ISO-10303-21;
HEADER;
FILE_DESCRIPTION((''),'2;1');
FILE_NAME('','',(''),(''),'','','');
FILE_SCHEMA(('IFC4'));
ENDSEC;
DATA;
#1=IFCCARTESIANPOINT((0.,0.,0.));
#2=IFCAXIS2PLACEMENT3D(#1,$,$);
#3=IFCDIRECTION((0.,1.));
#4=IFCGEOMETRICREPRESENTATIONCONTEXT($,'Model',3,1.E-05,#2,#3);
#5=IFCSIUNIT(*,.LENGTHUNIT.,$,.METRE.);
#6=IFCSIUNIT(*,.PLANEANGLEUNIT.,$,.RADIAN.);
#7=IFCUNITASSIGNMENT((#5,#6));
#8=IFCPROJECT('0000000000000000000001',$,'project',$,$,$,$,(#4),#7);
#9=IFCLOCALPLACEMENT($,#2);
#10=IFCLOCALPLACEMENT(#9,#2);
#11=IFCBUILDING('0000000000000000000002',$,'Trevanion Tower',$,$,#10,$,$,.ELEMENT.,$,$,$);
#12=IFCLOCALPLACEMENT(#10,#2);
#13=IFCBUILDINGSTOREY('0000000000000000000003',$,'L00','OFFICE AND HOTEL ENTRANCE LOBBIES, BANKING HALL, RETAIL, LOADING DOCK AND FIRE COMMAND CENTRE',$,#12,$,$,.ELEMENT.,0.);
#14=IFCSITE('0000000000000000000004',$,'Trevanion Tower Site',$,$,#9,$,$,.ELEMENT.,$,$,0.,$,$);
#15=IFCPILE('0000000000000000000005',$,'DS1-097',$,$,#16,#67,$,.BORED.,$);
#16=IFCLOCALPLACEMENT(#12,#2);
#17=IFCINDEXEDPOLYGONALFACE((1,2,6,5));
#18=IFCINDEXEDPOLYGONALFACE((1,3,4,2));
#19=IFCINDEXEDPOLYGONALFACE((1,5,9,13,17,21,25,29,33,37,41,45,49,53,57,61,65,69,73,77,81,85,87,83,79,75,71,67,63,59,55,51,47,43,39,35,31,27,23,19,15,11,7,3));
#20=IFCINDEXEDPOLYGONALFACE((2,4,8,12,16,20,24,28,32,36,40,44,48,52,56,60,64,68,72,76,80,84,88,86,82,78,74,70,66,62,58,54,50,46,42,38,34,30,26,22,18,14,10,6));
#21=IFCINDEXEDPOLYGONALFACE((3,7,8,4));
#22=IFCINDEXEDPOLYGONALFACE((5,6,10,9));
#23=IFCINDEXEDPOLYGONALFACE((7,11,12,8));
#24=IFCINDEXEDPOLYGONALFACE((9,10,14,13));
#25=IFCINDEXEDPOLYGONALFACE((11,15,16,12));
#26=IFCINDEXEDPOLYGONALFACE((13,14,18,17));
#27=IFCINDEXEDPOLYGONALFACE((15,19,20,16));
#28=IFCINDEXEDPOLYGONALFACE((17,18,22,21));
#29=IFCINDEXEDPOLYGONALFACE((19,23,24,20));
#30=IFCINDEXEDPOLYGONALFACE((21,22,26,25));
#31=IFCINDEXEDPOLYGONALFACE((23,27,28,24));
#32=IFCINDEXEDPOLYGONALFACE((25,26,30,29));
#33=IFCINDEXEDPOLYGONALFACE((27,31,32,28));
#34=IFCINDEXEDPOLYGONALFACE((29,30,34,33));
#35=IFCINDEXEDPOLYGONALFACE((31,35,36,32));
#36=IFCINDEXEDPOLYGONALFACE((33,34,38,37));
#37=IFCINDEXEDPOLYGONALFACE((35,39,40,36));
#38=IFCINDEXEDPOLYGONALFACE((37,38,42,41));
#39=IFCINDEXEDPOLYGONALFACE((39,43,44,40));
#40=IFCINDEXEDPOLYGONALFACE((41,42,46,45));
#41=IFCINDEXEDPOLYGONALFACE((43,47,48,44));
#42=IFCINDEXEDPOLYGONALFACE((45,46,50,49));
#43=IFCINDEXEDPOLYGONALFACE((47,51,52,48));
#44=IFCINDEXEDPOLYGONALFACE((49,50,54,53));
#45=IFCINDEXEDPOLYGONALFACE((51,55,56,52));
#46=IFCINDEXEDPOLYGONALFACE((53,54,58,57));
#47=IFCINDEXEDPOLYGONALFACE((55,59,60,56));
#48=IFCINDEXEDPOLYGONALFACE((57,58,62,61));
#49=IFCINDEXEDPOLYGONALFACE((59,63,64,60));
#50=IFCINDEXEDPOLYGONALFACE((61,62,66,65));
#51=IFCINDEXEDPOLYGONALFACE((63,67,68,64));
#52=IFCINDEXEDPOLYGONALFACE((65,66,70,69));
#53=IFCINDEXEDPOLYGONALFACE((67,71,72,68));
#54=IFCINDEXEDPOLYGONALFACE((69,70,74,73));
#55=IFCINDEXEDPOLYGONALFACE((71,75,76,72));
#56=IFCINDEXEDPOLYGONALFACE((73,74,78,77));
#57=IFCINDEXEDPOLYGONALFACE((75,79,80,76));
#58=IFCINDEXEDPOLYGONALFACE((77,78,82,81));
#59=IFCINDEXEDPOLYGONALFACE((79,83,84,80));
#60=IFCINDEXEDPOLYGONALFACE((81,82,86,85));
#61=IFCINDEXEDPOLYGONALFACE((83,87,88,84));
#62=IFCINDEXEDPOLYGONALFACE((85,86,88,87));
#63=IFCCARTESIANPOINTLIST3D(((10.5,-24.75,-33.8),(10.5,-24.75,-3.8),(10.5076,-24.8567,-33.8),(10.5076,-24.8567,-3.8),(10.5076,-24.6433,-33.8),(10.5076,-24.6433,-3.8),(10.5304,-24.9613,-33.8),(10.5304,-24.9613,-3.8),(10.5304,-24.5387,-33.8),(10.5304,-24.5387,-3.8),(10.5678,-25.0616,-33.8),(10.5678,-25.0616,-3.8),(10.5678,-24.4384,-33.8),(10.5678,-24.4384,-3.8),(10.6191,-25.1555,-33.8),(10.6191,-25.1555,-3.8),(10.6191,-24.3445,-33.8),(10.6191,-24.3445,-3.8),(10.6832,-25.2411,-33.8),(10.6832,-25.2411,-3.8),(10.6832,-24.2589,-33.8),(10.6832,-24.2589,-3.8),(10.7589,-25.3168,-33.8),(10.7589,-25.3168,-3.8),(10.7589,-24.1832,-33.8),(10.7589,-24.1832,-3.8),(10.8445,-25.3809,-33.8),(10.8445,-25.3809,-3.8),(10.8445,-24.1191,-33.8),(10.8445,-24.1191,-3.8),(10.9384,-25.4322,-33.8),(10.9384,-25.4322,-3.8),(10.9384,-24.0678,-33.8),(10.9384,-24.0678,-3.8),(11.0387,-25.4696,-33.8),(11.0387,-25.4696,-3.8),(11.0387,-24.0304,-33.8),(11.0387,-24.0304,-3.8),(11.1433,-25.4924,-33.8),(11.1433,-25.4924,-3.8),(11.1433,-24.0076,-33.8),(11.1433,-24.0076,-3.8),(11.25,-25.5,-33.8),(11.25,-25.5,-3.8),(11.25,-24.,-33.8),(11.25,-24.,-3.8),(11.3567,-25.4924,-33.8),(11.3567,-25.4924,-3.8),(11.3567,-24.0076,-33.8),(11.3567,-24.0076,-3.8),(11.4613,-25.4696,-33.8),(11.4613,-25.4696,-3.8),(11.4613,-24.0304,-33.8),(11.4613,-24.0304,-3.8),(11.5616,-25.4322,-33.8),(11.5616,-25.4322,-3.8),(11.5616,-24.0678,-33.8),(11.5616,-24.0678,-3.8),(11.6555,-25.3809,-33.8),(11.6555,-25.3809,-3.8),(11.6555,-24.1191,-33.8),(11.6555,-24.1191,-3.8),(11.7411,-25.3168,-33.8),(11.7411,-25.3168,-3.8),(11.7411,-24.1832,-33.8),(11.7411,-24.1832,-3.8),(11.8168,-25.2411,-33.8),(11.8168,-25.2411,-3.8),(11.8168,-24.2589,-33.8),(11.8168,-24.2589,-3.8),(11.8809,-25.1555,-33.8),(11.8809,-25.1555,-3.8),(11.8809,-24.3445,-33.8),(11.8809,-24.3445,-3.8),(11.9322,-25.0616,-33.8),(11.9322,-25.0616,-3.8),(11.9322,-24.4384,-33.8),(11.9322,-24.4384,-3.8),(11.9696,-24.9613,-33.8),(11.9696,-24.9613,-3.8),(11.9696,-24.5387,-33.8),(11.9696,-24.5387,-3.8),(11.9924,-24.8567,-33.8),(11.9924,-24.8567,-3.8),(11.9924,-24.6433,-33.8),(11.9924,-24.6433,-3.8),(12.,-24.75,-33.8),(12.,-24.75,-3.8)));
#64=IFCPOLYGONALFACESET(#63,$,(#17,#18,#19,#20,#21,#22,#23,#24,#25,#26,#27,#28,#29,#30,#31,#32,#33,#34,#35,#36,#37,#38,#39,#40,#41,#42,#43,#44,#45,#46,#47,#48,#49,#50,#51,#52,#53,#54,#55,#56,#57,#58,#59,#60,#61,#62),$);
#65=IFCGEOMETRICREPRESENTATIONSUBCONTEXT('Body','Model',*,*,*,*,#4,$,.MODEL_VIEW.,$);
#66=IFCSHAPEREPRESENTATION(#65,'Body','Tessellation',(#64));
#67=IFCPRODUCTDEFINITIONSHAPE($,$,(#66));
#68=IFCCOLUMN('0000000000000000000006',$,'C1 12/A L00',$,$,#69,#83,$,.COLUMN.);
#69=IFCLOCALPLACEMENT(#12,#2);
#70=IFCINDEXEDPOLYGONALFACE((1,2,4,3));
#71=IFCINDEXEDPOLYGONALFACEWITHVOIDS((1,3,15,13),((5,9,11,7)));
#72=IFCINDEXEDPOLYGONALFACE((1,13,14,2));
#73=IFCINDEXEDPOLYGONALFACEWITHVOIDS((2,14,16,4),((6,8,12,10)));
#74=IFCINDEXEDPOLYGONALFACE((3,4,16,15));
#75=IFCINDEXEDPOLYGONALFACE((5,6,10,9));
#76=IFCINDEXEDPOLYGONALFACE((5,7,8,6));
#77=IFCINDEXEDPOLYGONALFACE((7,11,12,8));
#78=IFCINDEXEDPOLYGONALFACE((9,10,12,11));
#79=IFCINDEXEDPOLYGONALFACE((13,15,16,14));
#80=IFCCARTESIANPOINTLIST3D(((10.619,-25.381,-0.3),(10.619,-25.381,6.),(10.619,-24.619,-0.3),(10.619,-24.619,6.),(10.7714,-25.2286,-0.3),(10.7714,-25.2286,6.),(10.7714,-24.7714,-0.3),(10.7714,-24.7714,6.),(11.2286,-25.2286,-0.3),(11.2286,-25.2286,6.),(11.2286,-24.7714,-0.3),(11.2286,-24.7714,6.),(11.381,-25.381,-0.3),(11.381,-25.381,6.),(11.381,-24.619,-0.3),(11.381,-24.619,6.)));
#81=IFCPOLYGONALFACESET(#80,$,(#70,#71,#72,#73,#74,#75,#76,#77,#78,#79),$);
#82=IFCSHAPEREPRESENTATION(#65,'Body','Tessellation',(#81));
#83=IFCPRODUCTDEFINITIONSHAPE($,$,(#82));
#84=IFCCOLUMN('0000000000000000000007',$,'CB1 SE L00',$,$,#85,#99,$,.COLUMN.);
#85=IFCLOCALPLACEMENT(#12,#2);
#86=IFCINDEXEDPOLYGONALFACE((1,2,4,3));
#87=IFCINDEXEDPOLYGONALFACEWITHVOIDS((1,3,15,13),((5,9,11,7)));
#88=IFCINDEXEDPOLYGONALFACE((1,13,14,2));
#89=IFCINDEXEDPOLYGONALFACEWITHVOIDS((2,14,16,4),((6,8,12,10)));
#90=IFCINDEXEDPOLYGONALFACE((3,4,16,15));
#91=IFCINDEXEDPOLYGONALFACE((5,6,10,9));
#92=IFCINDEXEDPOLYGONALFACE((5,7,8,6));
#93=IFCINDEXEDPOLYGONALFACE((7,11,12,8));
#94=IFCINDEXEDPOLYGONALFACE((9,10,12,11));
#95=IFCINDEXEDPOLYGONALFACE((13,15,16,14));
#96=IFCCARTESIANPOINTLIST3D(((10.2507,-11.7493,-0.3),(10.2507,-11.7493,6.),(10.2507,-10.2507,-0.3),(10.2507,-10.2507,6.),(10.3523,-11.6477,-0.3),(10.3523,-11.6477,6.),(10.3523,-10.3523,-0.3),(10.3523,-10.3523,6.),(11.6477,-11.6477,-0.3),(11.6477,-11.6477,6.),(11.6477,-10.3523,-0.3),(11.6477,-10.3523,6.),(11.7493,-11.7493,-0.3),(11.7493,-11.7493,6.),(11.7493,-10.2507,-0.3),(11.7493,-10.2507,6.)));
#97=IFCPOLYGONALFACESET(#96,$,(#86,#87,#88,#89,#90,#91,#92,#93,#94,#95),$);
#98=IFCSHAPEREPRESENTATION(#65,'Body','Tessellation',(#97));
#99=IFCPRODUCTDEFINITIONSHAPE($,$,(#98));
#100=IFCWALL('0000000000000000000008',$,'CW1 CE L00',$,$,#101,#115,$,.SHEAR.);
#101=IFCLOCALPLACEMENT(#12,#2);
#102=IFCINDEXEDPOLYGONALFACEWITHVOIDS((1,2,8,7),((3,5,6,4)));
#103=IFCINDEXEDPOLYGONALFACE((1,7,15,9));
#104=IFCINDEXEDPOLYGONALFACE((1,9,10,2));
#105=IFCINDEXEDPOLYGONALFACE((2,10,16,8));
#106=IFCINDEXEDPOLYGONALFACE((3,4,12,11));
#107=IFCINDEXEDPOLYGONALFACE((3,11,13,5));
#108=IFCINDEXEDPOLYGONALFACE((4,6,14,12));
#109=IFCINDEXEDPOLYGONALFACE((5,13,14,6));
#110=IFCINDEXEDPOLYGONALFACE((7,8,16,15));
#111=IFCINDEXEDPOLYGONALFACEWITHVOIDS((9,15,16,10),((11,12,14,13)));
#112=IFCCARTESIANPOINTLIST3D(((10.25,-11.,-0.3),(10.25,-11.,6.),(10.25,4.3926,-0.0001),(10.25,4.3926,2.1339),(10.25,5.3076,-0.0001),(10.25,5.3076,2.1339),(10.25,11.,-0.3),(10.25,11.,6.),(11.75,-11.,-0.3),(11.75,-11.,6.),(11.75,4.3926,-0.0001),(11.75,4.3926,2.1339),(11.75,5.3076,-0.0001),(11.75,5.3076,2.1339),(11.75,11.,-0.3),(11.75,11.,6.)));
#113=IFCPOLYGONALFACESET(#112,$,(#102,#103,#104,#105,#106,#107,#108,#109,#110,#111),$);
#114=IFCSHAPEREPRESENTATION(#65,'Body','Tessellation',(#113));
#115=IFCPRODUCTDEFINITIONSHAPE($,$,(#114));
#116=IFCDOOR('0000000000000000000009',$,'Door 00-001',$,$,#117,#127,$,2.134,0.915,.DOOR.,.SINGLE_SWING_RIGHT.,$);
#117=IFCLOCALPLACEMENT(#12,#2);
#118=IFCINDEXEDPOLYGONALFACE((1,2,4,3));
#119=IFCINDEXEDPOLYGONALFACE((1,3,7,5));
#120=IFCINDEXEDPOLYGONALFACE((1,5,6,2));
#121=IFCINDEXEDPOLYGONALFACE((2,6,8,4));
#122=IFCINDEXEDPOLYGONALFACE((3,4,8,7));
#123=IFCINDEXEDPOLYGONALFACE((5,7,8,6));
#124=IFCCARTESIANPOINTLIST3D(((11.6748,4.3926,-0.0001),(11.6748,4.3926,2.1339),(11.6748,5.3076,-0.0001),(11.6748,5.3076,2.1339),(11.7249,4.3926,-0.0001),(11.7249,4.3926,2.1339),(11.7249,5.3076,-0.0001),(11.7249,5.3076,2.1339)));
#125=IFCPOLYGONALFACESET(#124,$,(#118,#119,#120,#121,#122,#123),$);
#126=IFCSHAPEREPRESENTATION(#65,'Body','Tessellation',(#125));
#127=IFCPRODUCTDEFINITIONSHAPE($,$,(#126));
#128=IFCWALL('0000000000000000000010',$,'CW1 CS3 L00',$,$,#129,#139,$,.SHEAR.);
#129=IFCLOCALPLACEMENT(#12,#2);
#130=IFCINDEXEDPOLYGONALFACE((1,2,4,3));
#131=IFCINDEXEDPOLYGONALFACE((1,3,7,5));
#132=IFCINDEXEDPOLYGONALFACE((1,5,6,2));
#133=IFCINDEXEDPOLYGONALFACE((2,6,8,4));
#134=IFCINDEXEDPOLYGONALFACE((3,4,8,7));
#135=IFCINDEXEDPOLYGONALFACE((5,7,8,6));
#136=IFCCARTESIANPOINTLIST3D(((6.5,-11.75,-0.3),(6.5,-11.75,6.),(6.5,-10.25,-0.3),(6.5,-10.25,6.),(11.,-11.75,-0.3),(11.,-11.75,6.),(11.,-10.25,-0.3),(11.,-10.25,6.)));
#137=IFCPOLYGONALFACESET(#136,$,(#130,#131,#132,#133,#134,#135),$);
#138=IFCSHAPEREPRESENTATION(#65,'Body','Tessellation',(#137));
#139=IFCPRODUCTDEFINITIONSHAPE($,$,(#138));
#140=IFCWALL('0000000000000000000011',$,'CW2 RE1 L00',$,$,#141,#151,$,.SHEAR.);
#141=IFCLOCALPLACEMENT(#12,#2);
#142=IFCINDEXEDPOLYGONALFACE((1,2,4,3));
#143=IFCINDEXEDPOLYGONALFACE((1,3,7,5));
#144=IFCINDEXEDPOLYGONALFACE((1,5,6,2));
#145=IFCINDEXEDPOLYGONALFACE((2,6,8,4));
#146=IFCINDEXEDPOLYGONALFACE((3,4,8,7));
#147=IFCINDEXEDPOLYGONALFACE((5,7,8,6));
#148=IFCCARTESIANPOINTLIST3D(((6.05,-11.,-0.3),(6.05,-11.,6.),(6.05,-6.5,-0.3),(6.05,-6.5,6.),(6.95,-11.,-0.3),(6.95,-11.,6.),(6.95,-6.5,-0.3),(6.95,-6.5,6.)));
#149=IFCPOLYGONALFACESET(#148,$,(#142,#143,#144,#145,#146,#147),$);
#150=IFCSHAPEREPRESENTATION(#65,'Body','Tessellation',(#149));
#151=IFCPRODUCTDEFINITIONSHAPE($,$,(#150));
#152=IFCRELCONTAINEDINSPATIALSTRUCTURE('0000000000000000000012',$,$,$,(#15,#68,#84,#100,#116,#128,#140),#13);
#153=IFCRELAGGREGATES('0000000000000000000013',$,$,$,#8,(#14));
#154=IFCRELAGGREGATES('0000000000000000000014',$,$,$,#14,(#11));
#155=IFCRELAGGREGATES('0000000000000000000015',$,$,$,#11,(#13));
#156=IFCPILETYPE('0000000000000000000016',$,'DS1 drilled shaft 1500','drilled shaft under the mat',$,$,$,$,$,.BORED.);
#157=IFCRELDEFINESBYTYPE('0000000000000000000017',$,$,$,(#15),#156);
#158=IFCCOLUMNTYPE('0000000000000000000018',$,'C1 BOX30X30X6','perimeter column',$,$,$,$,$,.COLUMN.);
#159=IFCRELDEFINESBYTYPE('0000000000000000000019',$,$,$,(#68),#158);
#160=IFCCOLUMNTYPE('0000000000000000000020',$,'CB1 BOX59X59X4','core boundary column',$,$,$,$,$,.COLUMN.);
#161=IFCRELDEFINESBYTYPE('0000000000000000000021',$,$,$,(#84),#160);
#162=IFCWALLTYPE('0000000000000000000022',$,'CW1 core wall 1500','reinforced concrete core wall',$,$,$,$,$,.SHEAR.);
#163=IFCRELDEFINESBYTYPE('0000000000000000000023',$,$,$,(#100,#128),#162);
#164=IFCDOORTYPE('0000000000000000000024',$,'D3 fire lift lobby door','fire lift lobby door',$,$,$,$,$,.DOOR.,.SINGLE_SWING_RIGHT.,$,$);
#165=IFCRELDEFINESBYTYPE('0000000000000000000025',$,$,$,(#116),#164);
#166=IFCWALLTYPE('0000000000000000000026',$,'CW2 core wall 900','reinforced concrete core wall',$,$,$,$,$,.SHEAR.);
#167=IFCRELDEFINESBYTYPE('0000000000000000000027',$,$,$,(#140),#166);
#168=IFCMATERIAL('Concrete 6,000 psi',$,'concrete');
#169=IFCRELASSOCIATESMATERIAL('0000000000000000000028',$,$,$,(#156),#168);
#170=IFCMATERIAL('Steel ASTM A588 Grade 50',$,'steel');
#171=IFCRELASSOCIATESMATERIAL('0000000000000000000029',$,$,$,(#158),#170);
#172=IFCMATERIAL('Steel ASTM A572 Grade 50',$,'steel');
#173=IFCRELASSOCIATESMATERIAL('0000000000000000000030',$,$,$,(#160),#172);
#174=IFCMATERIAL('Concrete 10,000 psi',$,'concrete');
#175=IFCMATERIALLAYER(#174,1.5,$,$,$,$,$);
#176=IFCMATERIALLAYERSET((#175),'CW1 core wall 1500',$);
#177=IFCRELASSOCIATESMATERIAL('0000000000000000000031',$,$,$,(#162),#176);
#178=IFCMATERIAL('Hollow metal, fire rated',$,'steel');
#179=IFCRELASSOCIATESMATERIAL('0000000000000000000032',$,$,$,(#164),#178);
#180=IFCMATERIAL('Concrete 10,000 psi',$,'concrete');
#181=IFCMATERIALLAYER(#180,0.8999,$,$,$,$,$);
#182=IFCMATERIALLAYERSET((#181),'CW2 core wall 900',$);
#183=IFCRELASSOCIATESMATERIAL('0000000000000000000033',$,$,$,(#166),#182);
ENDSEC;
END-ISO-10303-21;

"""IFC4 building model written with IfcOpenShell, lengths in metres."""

from ifc_helpers import new_model, si_unit, direction, frame, frame_2d, origin, origin_2d, place, context, subcontext, project, spatial, rectangle, hollow_rectangle, circle, extrude, material, layer, layer_set, material_profile, profile_set, type_object, element, fill, save


model = new_model("IFC4")

# Units and contexts
model_context = context("Model", 3, precision=1e-05, world=origin(), true_north=direction((0.0, 1.0)))
body_context = subcontext(model_context, "Body", "Model", "MODEL_VIEW")
ifc_project = project(units=[si_unit("LENGTHUNIT", "METRE"), si_unit("PLANEANGLEUNIT", "RADIAN")], contexts=[model_context])

# Site, building, storey
site_placement = place(None, origin())
site = spatial("IfcSite", under=ifc_project, at=site_placement, Name="Trevanion Tower Site", CompositionType="ELEMENT", RefElevation=0.0)
building_placement = place(site_placement, origin())
building = spatial("IfcBuilding", under=site, at=building_placement, Name="Trevanion Tower", CompositionType="ELEMENT")
storey_placement = place(building_placement, origin())
storey = spatial("IfcBuildingStorey", under=building, at=storey_placement, Name="L00", Description="OFFICE AND HOTEL ENTRANCE LOBBIES, BANKING HALL, RETAIL, LOADING DOCK AND FIRE COMMAND CENTRE", CompositionType="ELEMENT", Elevation=0.0)

# Pile
ifc_material_1 = material(Name="Concrete 6,000 psi", Category="concrete")
ifc_material_profile_1 = material_profile(ifc_material_1, circle(Radius=0.75, at=origin_2d()), Name="DS1 drilled shaft 1500")
ifc_profile_set_1 = profile_set([ifc_material_profile_1], Name="Concrete 6,000 psi")
pile_type = type_object("IfcPileType", Name="DS1 drilled shaft 1500", Description="drilled shaft under the mat", PredefinedType="BORED", material=ifc_profile_set_1)
for number, where, z_axis, x_axis, name in (
    (1, (11.25, -24.75, -3.8), (0.0, 0.0, -1.0), (1.0, 0.0, 0.0), "DS1-097"),
):
    element("IfcPile", number, at=place(storey_placement, frame(where, z_axis=z_axis, x_axis=x_axis)), inside=storey, type_object=pile_type, Name=name, PredefinedType="BORED", context=body_context, shape_type="SweptSolid", body=[
        extrude(circle(Radius=0.75, at=origin_2d()), origin(), (0.0, 0.0, 1.0), 30.0),
    ])

# Columns
ifc_material_2 = material(Name="Steel ASTM A588 Grade 50", Category="steel")
ifc_material_profile_2 = material_profile(ifc_material_2, hollow_rectangle(XDim=0.762, YDim=0.762, WallThickness=0.1523, at=origin_2d()), Name="BOX30X30X6")
ifc_profile_set_2 = profile_set([ifc_material_profile_2], Name="Steel ASTM A588 Grade 50")
column_type_1 = type_object("IfcColumnType", Name="C1 BOX30X30X6", Description="perimeter column", PredefinedType="COLUMN", material=ifc_profile_set_2)
column_1_placement = place(storey_placement, frame((11.0, -25.0, -0.3), z_axis=(0.0, 0.0, 1.0), x_axis=(1.0, 0.0, 0.0)))
element("IfcColumn", 2, at=column_1_placement, inside=storey, type_object=column_type_1, Name="C1 12/A L00", PredefinedType="COLUMN", context=body_context, shape_type="SweptSolid", body=[
    extrude(hollow_rectangle(XDim=0.762, YDim=0.762, WallThickness=0.1523, at=origin_2d()), origin(), (0.0, 0.0, 1.0), 6.3),
])
ifc_material_3 = material(Name="Steel ASTM A572 Grade 50", Category="steel")
ifc_material_profile_3 = material_profile(ifc_material_3, hollow_rectangle(XDim=1.4985, YDim=1.4985, WallThickness=0.1016, at=origin_2d()), Name="BOX59X59X4")
ifc_profile_set_3 = profile_set([ifc_material_profile_3], Name="Steel ASTM A572 Grade 50")
column_type_2 = type_object("IfcColumnType", Name="CB1 BOX59X59X4", Description="core boundary column", PredefinedType="COLUMN", material=ifc_profile_set_3)
column_2_placement = place(storey_placement, frame((11.0, -11.0, -0.3), z_axis=(0.0, 0.0, 1.0), x_axis=(1.0, 0.0, 0.0)))
element("IfcColumn", 3, at=column_2_placement, inside=storey, type_object=column_type_2, Name="CB1 SE L00", PredefinedType="COLUMN", context=body_context, shape_type="SweptSolid", body=[
    extrude(hollow_rectangle(XDim=1.4985, YDim=1.4985, WallThickness=0.1016, at=origin_2d()), origin(), (0.0, 0.0, 1.0), 6.3),
])

# Wall, opening, door
ifc_material_4 = material(Name="Concrete 10,000 psi", Category="concrete")
ifc_layer_1 = layer(ifc_material_4, 1.5)
ifc_layer_set_1 = layer_set([ifc_layer_1], Name="CW1 core wall 1500")
wall_type_1 = type_object("IfcWallType", Name="CW1 core wall 1500", Description="reinforced concrete core wall", PredefinedType="SHEAR", material=ifc_layer_set_1)
wall_1_placement = place(storey_placement, frame((11.0, -11.0, -0.3), z_axis=(0.0, 0.0, 1.0), x_axis=(0.0, 1.0, 0.0)))
wall_1 = element("IfcWall", 4, at=wall_1_placement, inside=storey, type_object=wall_type_1, Name="CW1 CE L00", PredefinedType="SHEAR", context=body_context, shape_type="SweptSolid", body=[
    extrude(rectangle(XDim=22.0, YDim=1.5, at=frame_2d((11.0, 0.0))), origin(), (0.0, 0.0, 1.0), 6.3),
])
opening_1_placement = place(wall_1_placement, frame((15.3926, 0.0, 0.3)))
opening_1 = element("IfcOpeningElement", 5, at=opening_1_placement, cuts=wall_1, PredefinedType="OPENING", context=body_context, shape_type="SweptSolid", body=[
    extrude(rectangle(XDim=0.915, YDim=2.134, at=frame_2d((0.4575, 1.0669))), frame((0.0, 0.76, 0.0), z_axis=(0.0, -1.0, 0.0), x_axis=(1.0, 0.0, 0.0)), (0.0, 0.0, 1.0), 1.52),
])
ifc_material_5 = material(Name="Hollow metal, fire rated", Category="steel")
door_type_1 = type_object("IfcDoorType", Name="D3 fire lift lobby door", Description="fire lift lobby door", OperationType="SINGLE_SWING_RIGHT", PredefinedType="DOOR", material=ifc_material_5)
door_1_placement = place(opening_1_placement, origin())
door_1 = element("IfcDoor", 6, at=door_1_placement, inside=storey, type_object=door_type_1, Name="Door 00-001", OperationType="SINGLE_SWING_RIGHT", OverallHeight=2.134, OverallWidth=0.915, PredefinedType="DOOR", context=body_context, shape_type="SweptSolid", body=[
    extrude(rectangle(XDim=0.915, YDim=2.134, at=frame_2d((0.4575, 1.0669))), frame((0.0, -0.6748, 0.0), z_axis=(0.0, -1.0, 0.0), x_axis=(1.0, 0.0, 0.0)), (0.0, 0.0, 1.0), 0.05),
])
fill(opening_1, door_1)

# Walls
wall_2_placement = place(storey_placement, frame((6.5, -11.0, -0.3), z_axis=(0.0, 0.0, 1.0), x_axis=(1.0, 0.0, 0.0)))
element("IfcWall", 7, at=wall_2_placement, inside=storey, type_object=wall_type_1, Name="CW1 CS3 L00", PredefinedType="SHEAR", context=body_context, shape_type="SweptSolid", body=[
    extrude(rectangle(XDim=4.5, YDim=1.5, at=frame_2d((2.25, 0.0))), origin(), (0.0, 0.0, 1.0), 6.3),
])
ifc_material_6 = material(Name="Concrete 10,000 psi", Category="concrete")
ifc_layer_2 = layer(ifc_material_6, 0.8999)
ifc_layer_set_2 = layer_set([ifc_layer_2], Name="CW2 core wall 900")
wall_type_2 = type_object("IfcWallType", Name="CW2 core wall 900", Description="reinforced concrete core wall", PredefinedType="SHEAR", material=ifc_layer_set_2)
wall_3_placement = place(storey_placement, frame((6.5, -11.0, -0.3), z_axis=(0.0, 0.0, 1.0), x_axis=(0.0, 1.0, 0.0)))
element("IfcWall", 8, at=wall_3_placement, inside=storey, type_object=wall_type_2, Name="CW2 RE1 L00", PredefinedType="SHEAR", context=body_context, shape_type="SweptSolid", body=[
    extrude(rectangle(XDim=4.5, YDim=0.8999, at=frame_2d((2.25, 0.0))), origin(), (0.0, 0.0, 1.0), 6.3),
])

save(model, "model.ifc")
